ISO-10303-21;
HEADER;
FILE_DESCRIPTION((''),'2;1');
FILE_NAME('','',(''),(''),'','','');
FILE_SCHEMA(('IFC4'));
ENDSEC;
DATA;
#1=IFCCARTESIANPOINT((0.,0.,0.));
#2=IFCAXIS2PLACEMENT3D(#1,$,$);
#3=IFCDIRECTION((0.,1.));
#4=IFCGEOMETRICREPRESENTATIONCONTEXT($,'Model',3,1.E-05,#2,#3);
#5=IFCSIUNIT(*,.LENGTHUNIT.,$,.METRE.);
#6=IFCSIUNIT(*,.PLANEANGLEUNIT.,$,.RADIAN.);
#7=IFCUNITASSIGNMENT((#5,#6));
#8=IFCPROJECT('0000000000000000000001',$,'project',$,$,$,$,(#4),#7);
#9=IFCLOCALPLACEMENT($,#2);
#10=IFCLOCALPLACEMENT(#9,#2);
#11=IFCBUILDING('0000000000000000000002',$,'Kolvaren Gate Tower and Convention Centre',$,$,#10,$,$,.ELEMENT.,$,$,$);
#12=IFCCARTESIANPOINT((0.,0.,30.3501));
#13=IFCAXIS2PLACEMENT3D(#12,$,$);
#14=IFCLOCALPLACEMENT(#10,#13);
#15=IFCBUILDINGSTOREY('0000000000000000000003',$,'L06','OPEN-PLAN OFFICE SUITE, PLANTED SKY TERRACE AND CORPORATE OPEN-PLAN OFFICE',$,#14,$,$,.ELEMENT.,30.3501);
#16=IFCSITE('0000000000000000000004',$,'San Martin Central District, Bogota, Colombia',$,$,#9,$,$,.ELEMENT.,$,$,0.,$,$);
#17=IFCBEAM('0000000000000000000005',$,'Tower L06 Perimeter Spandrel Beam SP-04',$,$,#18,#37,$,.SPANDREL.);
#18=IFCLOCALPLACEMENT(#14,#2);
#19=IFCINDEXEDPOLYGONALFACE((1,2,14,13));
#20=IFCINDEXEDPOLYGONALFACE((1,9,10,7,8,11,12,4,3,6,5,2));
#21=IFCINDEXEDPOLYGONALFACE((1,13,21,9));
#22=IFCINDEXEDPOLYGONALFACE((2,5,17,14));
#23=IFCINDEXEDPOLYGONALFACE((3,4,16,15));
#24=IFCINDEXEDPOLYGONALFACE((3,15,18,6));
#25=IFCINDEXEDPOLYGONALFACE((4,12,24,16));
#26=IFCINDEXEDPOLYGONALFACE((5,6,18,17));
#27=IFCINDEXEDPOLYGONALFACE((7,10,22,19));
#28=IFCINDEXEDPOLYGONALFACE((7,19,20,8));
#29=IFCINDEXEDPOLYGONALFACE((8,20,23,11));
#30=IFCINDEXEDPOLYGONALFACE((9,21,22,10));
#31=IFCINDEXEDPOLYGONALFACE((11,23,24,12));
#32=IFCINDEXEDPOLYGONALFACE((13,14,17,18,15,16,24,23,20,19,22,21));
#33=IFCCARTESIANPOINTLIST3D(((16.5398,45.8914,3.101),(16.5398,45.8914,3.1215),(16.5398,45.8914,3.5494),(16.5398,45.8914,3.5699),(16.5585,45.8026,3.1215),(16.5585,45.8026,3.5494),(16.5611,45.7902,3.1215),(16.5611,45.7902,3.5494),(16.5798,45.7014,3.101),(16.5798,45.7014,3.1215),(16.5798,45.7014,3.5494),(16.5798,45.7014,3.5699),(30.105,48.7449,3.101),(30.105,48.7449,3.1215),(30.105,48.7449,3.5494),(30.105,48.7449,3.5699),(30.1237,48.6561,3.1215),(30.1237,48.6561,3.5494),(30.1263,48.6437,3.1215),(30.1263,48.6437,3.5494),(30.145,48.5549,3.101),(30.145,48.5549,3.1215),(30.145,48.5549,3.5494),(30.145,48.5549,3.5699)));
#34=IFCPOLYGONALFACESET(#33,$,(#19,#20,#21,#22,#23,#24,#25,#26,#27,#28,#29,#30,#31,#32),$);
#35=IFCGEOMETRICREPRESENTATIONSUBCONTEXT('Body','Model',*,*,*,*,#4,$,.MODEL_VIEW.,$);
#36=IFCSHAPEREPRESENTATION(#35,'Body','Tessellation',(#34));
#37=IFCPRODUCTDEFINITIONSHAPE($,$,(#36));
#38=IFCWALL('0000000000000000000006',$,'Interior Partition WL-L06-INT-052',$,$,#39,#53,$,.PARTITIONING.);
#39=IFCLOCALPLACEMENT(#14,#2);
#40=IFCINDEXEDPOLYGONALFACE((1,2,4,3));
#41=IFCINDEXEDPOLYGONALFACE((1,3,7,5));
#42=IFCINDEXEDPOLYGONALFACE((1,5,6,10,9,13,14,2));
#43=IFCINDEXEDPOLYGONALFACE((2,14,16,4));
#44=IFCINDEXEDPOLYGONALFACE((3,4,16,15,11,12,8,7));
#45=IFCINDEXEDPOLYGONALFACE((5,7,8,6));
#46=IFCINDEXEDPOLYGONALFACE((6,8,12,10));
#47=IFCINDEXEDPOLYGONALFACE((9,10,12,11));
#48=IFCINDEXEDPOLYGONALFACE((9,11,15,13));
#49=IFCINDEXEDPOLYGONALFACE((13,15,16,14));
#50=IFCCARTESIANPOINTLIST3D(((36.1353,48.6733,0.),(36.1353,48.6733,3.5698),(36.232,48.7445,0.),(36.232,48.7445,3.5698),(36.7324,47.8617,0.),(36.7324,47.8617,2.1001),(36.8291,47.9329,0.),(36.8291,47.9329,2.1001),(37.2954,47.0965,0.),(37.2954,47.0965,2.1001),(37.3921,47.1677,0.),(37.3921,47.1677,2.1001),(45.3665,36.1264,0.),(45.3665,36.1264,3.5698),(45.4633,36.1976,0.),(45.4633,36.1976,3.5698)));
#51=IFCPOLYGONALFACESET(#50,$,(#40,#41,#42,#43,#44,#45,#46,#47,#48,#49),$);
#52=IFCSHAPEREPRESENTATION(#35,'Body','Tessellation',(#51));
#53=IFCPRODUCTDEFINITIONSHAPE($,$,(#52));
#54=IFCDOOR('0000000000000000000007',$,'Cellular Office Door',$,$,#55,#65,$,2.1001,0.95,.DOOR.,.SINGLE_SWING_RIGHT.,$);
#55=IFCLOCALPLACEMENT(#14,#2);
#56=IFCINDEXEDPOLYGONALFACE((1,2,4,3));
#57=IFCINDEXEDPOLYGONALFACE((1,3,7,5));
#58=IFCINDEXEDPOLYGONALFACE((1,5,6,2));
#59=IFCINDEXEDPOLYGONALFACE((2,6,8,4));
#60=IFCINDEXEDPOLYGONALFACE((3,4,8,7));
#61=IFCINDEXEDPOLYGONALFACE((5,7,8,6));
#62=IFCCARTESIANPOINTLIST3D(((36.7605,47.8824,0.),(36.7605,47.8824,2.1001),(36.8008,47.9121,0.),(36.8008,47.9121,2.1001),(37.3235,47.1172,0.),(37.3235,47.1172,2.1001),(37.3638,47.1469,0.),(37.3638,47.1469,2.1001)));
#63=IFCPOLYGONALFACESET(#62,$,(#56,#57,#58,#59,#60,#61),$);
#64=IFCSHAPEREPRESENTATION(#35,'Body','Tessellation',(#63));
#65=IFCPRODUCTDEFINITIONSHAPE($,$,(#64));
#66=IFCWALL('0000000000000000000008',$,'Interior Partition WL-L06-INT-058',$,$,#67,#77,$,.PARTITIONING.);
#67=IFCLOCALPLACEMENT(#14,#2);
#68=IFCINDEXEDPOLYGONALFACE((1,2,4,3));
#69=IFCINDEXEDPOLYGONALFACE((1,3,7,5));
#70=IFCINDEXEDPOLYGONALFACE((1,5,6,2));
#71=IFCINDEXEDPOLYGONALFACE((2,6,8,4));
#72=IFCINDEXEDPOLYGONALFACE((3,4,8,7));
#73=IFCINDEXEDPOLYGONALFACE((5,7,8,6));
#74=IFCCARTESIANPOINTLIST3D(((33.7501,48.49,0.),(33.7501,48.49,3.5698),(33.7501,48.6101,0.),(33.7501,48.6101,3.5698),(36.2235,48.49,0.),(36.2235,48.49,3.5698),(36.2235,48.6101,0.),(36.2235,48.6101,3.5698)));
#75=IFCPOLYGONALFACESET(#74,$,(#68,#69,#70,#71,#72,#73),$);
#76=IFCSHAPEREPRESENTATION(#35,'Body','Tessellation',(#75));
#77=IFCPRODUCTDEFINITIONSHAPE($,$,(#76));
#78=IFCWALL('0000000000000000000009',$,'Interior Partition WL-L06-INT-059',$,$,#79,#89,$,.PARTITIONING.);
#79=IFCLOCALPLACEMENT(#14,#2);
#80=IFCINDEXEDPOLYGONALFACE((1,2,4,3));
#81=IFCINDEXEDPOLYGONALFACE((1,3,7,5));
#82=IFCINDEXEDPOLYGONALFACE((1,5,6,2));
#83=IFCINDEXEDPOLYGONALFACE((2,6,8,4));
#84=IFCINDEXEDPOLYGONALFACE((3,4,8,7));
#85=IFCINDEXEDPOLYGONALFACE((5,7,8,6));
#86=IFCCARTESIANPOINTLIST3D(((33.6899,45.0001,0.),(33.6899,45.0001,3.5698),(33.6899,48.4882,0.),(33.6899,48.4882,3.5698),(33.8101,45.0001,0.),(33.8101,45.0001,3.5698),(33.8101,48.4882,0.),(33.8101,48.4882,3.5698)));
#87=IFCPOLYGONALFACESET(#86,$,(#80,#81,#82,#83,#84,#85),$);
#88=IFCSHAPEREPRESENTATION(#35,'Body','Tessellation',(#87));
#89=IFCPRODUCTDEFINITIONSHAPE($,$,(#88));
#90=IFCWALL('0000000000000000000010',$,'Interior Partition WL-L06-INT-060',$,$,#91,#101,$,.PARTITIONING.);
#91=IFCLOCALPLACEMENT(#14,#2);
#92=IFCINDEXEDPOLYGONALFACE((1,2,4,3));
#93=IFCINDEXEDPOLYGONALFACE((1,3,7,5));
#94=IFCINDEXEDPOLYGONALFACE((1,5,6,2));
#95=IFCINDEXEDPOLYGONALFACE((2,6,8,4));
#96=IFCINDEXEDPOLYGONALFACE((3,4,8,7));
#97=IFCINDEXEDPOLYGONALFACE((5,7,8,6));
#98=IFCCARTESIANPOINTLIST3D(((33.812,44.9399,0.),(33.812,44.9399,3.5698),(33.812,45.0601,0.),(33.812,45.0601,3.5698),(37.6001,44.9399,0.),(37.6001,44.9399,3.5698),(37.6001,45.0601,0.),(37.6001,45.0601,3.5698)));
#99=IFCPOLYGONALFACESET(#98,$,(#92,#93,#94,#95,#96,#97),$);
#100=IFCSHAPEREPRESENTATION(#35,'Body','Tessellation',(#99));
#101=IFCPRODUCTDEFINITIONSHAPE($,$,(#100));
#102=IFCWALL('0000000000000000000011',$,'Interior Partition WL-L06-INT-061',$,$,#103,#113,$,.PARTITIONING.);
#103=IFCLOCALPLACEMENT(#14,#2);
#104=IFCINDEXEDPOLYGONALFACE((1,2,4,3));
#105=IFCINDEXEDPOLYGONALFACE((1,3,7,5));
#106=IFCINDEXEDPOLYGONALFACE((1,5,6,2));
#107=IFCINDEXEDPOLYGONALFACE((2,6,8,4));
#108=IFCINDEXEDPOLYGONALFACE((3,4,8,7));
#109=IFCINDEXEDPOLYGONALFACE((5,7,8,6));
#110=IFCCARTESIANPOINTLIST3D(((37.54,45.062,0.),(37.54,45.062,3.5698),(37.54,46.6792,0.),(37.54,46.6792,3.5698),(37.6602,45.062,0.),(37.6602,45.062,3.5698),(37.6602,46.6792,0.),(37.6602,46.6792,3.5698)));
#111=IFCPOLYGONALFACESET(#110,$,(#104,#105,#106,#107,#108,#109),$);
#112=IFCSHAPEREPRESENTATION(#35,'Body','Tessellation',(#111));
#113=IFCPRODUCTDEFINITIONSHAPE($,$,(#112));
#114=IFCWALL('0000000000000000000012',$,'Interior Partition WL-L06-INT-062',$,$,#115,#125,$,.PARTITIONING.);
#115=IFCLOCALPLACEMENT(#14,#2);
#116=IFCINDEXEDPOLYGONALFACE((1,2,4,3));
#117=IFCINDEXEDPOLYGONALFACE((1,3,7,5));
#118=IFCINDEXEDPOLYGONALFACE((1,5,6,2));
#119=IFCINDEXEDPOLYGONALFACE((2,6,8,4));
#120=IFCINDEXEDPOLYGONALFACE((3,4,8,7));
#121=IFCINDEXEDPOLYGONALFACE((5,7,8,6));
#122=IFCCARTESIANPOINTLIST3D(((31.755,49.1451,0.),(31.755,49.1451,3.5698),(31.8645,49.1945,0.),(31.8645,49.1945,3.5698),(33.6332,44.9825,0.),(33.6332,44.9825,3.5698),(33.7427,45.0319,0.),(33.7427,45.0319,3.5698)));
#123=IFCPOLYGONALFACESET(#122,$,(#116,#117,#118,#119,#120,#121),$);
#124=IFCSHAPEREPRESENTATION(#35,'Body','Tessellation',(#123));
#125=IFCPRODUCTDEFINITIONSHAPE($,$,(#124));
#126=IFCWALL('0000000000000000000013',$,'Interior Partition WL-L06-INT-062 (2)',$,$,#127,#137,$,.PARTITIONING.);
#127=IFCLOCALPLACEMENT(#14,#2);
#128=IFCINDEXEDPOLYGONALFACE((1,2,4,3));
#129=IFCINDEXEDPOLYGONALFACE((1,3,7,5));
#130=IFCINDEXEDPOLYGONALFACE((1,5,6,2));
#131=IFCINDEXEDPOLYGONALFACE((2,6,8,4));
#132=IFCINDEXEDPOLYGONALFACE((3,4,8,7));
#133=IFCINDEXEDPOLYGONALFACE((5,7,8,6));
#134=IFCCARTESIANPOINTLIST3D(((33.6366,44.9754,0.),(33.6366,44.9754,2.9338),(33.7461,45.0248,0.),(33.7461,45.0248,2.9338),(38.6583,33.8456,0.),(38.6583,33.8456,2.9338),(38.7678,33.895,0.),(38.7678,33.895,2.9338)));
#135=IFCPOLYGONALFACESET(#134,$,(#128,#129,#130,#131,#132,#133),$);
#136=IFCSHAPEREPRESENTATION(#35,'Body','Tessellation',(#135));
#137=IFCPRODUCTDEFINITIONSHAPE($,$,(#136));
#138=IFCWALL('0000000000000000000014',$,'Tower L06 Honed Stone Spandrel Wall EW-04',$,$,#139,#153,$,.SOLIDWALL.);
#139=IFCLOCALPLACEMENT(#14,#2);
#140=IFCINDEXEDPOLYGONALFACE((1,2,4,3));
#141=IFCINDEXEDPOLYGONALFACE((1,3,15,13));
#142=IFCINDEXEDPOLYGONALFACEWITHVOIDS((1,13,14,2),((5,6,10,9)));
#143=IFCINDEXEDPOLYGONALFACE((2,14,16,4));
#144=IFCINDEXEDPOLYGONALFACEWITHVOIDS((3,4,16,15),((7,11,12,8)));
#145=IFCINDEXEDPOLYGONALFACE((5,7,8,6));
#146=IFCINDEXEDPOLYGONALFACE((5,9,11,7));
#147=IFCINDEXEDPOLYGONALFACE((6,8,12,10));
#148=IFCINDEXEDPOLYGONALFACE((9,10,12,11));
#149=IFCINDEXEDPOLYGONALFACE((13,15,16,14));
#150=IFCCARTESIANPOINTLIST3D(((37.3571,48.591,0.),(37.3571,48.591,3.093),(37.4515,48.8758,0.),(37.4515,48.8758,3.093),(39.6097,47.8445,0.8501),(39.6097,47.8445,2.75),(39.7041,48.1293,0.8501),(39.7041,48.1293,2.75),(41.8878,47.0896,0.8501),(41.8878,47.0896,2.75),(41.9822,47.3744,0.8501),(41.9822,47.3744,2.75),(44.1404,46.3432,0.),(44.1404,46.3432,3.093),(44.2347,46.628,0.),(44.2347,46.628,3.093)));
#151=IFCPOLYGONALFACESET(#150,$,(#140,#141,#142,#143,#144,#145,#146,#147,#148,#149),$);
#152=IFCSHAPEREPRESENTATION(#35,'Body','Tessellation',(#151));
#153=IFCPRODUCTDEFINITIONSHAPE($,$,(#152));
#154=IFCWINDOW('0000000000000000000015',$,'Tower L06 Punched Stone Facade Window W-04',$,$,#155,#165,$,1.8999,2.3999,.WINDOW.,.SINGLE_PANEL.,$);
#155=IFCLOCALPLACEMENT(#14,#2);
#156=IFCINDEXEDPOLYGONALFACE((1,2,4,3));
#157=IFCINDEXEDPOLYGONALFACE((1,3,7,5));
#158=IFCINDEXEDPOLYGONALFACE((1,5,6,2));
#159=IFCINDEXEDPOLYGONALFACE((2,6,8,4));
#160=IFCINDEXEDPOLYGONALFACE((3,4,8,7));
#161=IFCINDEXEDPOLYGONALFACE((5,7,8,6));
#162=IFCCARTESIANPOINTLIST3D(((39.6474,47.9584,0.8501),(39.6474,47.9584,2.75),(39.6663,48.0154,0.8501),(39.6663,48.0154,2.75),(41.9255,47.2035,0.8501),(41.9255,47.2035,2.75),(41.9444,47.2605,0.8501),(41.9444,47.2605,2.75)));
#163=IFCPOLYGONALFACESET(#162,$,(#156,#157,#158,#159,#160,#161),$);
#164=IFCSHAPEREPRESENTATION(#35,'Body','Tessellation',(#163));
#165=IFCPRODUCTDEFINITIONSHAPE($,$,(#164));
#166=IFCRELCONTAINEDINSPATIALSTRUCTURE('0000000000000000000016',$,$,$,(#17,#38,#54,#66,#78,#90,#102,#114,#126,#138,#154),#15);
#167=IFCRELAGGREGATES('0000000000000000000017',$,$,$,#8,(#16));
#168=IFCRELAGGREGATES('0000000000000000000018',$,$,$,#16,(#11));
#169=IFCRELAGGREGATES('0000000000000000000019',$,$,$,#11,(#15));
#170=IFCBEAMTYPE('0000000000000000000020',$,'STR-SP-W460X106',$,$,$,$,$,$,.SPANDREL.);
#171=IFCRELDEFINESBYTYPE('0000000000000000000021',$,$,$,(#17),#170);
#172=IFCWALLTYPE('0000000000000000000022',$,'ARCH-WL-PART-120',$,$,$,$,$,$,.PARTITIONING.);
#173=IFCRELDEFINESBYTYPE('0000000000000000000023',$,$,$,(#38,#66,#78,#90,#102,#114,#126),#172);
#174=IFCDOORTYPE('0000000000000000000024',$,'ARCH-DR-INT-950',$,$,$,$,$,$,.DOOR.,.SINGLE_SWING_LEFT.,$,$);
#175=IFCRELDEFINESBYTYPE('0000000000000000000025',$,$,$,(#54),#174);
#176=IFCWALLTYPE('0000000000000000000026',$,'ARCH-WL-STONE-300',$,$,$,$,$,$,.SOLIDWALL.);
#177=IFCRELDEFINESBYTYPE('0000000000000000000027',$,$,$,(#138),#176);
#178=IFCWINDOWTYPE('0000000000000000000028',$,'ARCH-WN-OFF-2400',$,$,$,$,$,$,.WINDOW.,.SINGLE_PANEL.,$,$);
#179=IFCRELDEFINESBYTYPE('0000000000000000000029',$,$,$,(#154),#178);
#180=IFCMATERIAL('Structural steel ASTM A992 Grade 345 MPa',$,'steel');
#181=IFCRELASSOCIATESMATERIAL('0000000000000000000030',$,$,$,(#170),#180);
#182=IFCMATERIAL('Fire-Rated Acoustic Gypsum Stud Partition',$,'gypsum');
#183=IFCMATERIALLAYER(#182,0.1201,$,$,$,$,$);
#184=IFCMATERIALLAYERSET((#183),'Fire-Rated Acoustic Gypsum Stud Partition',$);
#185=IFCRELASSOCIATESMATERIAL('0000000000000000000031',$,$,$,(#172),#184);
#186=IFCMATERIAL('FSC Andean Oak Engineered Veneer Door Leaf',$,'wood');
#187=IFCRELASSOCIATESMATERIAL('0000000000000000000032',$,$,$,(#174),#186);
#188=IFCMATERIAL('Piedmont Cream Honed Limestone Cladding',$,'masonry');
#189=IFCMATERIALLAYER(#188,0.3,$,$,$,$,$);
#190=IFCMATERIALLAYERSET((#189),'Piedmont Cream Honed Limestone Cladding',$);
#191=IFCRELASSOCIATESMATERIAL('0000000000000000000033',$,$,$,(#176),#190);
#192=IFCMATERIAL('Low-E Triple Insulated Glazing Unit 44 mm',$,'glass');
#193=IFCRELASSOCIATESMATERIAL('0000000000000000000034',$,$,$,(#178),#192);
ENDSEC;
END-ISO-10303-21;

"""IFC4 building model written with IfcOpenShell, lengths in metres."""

from ifc_helpers import new_model, si_unit, direction, frame, frame_2d, origin, origin_2d, place, context, subcontext, project, spatial, rectangle, i_section, extrude, material, layer, layer_set, material_profile, profile_set, type_object, element, fill, save


model = new_model("IFC4")

# Units and contexts
model_context = context("Model", 3, precision=1e-05, world=origin(), true_north=direction((0.0, 1.0)))
body_context = subcontext(model_context, "Body", "Model", "MODEL_VIEW")
ifc_project = project(units=[si_unit("LENGTHUNIT", "METRE"), si_unit("PLANEANGLEUNIT", "RADIAN")], contexts=[model_context])

# Site, building, storey
site_placement = place(None, origin())
site = spatial("IfcSite", under=ifc_project, at=site_placement, Name="San Martin Central District, Bogota, Colombia", CompositionType="ELEMENT", RefElevation=0.0)
building_placement = place(site_placement, origin())
building = spatial("IfcBuilding", under=site, at=building_placement, Name="Kolvaren Gate Tower and Convention Centre", CompositionType="ELEMENT")
storey_placement = place(building_placement, frame((0.0, 0.0, 30.3501)))
storey = spatial("IfcBuildingStorey", under=building, at=storey_placement, Name="L06", Description="OPEN-PLAN OFFICE SUITE, PLANTED SKY TERRACE AND CORPORATE OPEN-PLAN OFFICE", CompositionType="ELEMENT", Elevation=30.3501)

# Beam
ifc_material_1 = material(Name="Structural steel ASTM A992 Grade 345 MPa", Category="steel")
ifc_material_profile_1 = material_profile(ifc_material_1, i_section(OverallWidth=0.1941, OverallDepth=0.469, WebThickness=0.0127, FlangeThickness=0.0205, at=origin_2d()), Name="W460X106")
ifc_profile_set_1 = profile_set([ifc_material_profile_1], Name="Structural steel ASTM A992 Grade 345 MPa")
beam_type_1 = type_object("IfcBeamType", Name="STR-SP-W460X106", PredefinedType="SPANDREL", material=ifc_profile_set_1)
beam_1_placement = place(storey_placement, frame((30.125, 48.6499, 3.3354), z_axis=(-0.978583, -0.205851, 0.0), x_axis=(0.205851, -0.978583, 0.0)))
element("IfcBeam", 1, at=beam_1_placement, inside=storey, type_object=beam_type_1, Name="Tower L06 Perimeter Spandrel Beam SP-04", PredefinedType="SPANDREL", context=body_context, shape_type="SweptSolid", body=[
    extrude(i_section(OverallWidth=0.1941, OverallDepth=0.469, WebThickness=0.0127, FlangeThickness=0.0205, at=origin_2d()), origin(), (0.0, 0.0, 1.0), 13.8621),
])

# Wall, opening, door
ifc_material_2 = material(Name="Fire-Rated Acoustic Gypsum Stud Partition", Category="gypsum")
ifc_layer_1 = layer(ifc_material_2, 0.1201)
ifc_layer_set_1 = layer_set([ifc_layer_1], Name="Fire-Rated Acoustic Gypsum Stud Partition")
wall_type_1 = type_object("IfcWallType", Name="ARCH-WL-PART-120", PredefinedType="PARTITIONING", material=ifc_layer_set_1)
wall_1_placement = place(storey_placement, frame((36.1836, 48.709, 0.0), z_axis=(0.0, 0.0, 1.0), x_axis=(0.592622, -0.805481, 0.0)))
wall_1 = element("IfcWall", 2, at=wall_1_placement, inside=storey, type_object=wall_type_1, Name="Interior Partition WL-L06-INT-052", PredefinedType="PARTITIONING", context=body_context, shape_type="SweptSolid", body=[
    extrude(rectangle(XDim=15.5769, YDim=0.1201, at=frame_2d((7.7886, 0.0))), origin(), (0.0, 0.0, 1.0), 3.5698),
])
opening_1_placement = place(wall_1_placement, frame((1.0076, 0.0, 0.0)))
opening_1 = element("IfcOpeningElement", 3, at=opening_1_placement, cuts=wall_1, PredefinedType="OPENING", context=body_context, shape_type="SweptSolid", body=[
    extrude(rectangle(XDim=0.95, YDim=2.1001, at=frame_2d((0.4751, 1.05))), frame((0.0, 0.0701, 0.0), z_axis=(0.0, -1.0, 0.0), x_axis=(1.0, 0.0, 0.0)), (0.0, 0.0, 1.0), 0.1401),
])
ifc_material_3 = material(Name="FSC Andean Oak Engineered Veneer Door Leaf", Category="wood")
door_type = type_object("IfcDoorType", Name="ARCH-DR-INT-950", OperationType="SINGLE_SWING_LEFT", PredefinedType="DOOR", material=ifc_material_3)
door_placement = place(opening_1_placement, origin())
door = element("IfcDoor", 4, at=door_placement, inside=storey, type_object=door_type, Name="Cellular Office Door", OperationType="SINGLE_SWING_RIGHT", OverallHeight=2.1001, OverallWidth=0.95, PredefinedType="DOOR", context=body_context, shape_type="SweptSolid", body=[
    extrude(rectangle(XDim=0.95, YDim=2.1001, at=frame_2d((0.4751, 1.05))), frame((0.0, 0.0249, 0.0), z_axis=(0.0, -1.0, 0.0), x_axis=(1.0, 0.0, 0.0)), (0.0, 0.0, 1.0), 0.05),
])
fill(opening_1, door)

# Walls
wall_2_placement = place(storey_placement, frame((33.75, 48.55, 0.0), z_axis=(0.0, 0.0, 1.0), x_axis=(1.0, 0.0, 0.0)))
element("IfcWall", 5, at=wall_2_placement, inside=storey, type_object=wall_type_1, Name="Interior Partition WL-L06-INT-058", PredefinedType="PARTITIONING", context=body_context, shape_type="SweptSolid", body=[
    extrude(rectangle(XDim=2.4734, YDim=0.1201, at=frame_2d((1.2368, 0.0))), origin(), (0.0, 0.0, 1.0), 3.5698),
])
wall_3_placement = place(storey_placement, frame((33.75, 45.0, 0.0), z_axis=(0.0, 0.0, 1.0), x_axis=(0.0, 1.0, 0.0)))
element("IfcWall", 6, at=wall_3_placement, inside=storey, type_object=wall_type_1, Name="Interior Partition WL-L06-INT-059", PredefinedType="PARTITIONING", context=body_context, shape_type="SweptSolid", body=[
    extrude(rectangle(XDim=3.488, YDim=0.1201, at=frame_2d((1.7441, 0.0))), origin(), (0.0, 0.0, 1.0), 3.5698),
])
wall_4_placement = place(storey_placement, frame((33.812, 45.0, 0.0), z_axis=(0.0, 0.0, 1.0), x_axis=(1.0, 0.0, 0.0)))
element("IfcWall", 7, at=wall_4_placement, inside=storey, type_object=wall_type_1, Name="Interior Partition WL-L06-INT-060", PredefinedType="PARTITIONING", context=body_context, shape_type="SweptSolid", body=[
    extrude(rectangle(XDim=3.7881, YDim=0.1201, at=frame_2d((1.894, 0.0))), origin(), (0.0, 0.0, 1.0), 3.5698),
])
wall_5_placement = place(storey_placement, frame((37.6001, 45.062, 0.0), z_axis=(0.0, 0.0, 1.0), x_axis=(0.0, 1.0, 0.0)))
element("IfcWall", 8, at=wall_5_placement, inside=storey, type_object=wall_type_1, Name="Interior Partition WL-L06-INT-061", PredefinedType="PARTITIONING", context=body_context, shape_type="SweptSolid", body=[
    extrude(rectangle(XDim=1.6172, YDim=0.1201, at=frame_2d((0.8086, 0.0))), origin(), (0.0, 0.0, 1.0), 3.5698),
])
wall_6_placement = place(storey_placement, frame((31.8098, 49.1697, 0.0), z_axis=(0.0, 0.0, 1.0), x_axis=(0.411276, -0.911511, 0.0)))
element("IfcWall", 9, at=wall_6_placement, inside=storey, type_object=wall_type_1, Name="Interior Partition WL-L06-INT-062", PredefinedType="PARTITIONING", context=body_context, shape_type="SweptSolid", body=[
    extrude(rectangle(XDim=4.5667, YDim=0.1201, at=frame_2d((2.2832, 0.0))), origin(), (0.0, 0.0, 1.0), 3.5698),
])
wall_7_placement = place(storey_placement, frame((33.6914, 45.0, 0.0), z_axis=(0.0, 0.0, 1.0), x_axis=(0.411269, -0.911514, 0.0)))
element("IfcWall", 10, at=wall_7_placement, inside=storey, type_object=wall_type_1, Name="Interior Partition WL-L06-INT-062 (2)", PredefinedType="PARTITIONING", context=body_context, shape_type="SweptSolid", body=[
    extrude(rectangle(XDim=12.2102, YDim=0.1201, at=frame_2d((6.105, 0.0))), origin(), (0.0, 0.0, 1.0), 2.9338),
])

# Wall, opening, window
ifc_material_4 = material(Name="Piedmont Cream Honed Limestone Cladding", Category="masonry")
ifc_layer_2 = layer(ifc_material_4, 0.3)
ifc_layer_set_2 = layer_set([ifc_layer_2], Name="Piedmont Cream Honed Limestone Cladding")
wall_type_2 = type_object("IfcWallType", Name="ARCH-WL-STONE-300", PredefinedType="SOLIDWALL", material=ifc_layer_set_2)
wall_8_placement = place(storey_placement, frame((37.4043, 48.7334, 0.0), z_axis=(0.0, 0.0, 1.0), x_axis=(0.949239, -0.314557, 0.0)))
wall_8 = element("IfcWall", 11, at=wall_8_placement, inside=storey, type_object=wall_type_2, Name="Tower L06 Honed Stone Spandrel Wall EW-04", PredefinedType="SOLIDWALL", context=body_context, shape_type="SweptSolid", body=[
    extrude(rectangle(XDim=7.146, YDim=0.3, at=frame_2d((3.573, 0.0))), origin(), (0.0, 0.0, 1.0), 3.093),
])
opening_2_placement = place(wall_8_placement, frame((2.373, 0.0, 0.8501)))
opening_2 = element("IfcOpeningElement", 12, at=opening_2_placement, cuts=wall_8, PredefinedType="OPENING", context=body_context, shape_type="SweptSolid", body=[
    extrude(rectangle(XDim=2.3999, YDim=1.8999, at=frame_2d((1.2, 0.95))), frame((0.0, 0.1599, 0.0), z_axis=(0.0, -1.0, 0.0), x_axis=(1.0, 0.0, 0.0)), (0.0, 0.0, 1.0), 0.3201),
])
ifc_material_5 = material(Name="Low-E Triple Insulated Glazing Unit 44 mm", Category="glass")
window_type = type_object("IfcWindowType", Name="ARCH-WN-OFF-2400", PartitioningType="SINGLE_PANEL", PredefinedType="WINDOW", material=ifc_material_5)
window_1_placement = place(opening_2_placement, origin())
window_1 = element("IfcWindow", 13, at=window_1_placement, inside=storey, type_object=window_type, Name="Tower L06 Punched Stone Facade Window W-04", OverallHeight=1.8999, OverallWidth=2.3999, PartitioningType="SINGLE_PANEL", PredefinedType="WINDOW", context=body_context, shape_type="SweptSolid", body=[
    extrude(rectangle(XDim=2.3999, YDim=1.8999, at=frame_2d((1.2, 0.95))), frame((0.0, 0.03, 0.0), z_axis=(0.0, -1.0, 0.0), x_axis=(1.0, 0.0, 0.0)), (0.0, 0.0, 1.0), 0.0601),
])
fill(opening_2, window_1)

save(model, "model.ifc")
